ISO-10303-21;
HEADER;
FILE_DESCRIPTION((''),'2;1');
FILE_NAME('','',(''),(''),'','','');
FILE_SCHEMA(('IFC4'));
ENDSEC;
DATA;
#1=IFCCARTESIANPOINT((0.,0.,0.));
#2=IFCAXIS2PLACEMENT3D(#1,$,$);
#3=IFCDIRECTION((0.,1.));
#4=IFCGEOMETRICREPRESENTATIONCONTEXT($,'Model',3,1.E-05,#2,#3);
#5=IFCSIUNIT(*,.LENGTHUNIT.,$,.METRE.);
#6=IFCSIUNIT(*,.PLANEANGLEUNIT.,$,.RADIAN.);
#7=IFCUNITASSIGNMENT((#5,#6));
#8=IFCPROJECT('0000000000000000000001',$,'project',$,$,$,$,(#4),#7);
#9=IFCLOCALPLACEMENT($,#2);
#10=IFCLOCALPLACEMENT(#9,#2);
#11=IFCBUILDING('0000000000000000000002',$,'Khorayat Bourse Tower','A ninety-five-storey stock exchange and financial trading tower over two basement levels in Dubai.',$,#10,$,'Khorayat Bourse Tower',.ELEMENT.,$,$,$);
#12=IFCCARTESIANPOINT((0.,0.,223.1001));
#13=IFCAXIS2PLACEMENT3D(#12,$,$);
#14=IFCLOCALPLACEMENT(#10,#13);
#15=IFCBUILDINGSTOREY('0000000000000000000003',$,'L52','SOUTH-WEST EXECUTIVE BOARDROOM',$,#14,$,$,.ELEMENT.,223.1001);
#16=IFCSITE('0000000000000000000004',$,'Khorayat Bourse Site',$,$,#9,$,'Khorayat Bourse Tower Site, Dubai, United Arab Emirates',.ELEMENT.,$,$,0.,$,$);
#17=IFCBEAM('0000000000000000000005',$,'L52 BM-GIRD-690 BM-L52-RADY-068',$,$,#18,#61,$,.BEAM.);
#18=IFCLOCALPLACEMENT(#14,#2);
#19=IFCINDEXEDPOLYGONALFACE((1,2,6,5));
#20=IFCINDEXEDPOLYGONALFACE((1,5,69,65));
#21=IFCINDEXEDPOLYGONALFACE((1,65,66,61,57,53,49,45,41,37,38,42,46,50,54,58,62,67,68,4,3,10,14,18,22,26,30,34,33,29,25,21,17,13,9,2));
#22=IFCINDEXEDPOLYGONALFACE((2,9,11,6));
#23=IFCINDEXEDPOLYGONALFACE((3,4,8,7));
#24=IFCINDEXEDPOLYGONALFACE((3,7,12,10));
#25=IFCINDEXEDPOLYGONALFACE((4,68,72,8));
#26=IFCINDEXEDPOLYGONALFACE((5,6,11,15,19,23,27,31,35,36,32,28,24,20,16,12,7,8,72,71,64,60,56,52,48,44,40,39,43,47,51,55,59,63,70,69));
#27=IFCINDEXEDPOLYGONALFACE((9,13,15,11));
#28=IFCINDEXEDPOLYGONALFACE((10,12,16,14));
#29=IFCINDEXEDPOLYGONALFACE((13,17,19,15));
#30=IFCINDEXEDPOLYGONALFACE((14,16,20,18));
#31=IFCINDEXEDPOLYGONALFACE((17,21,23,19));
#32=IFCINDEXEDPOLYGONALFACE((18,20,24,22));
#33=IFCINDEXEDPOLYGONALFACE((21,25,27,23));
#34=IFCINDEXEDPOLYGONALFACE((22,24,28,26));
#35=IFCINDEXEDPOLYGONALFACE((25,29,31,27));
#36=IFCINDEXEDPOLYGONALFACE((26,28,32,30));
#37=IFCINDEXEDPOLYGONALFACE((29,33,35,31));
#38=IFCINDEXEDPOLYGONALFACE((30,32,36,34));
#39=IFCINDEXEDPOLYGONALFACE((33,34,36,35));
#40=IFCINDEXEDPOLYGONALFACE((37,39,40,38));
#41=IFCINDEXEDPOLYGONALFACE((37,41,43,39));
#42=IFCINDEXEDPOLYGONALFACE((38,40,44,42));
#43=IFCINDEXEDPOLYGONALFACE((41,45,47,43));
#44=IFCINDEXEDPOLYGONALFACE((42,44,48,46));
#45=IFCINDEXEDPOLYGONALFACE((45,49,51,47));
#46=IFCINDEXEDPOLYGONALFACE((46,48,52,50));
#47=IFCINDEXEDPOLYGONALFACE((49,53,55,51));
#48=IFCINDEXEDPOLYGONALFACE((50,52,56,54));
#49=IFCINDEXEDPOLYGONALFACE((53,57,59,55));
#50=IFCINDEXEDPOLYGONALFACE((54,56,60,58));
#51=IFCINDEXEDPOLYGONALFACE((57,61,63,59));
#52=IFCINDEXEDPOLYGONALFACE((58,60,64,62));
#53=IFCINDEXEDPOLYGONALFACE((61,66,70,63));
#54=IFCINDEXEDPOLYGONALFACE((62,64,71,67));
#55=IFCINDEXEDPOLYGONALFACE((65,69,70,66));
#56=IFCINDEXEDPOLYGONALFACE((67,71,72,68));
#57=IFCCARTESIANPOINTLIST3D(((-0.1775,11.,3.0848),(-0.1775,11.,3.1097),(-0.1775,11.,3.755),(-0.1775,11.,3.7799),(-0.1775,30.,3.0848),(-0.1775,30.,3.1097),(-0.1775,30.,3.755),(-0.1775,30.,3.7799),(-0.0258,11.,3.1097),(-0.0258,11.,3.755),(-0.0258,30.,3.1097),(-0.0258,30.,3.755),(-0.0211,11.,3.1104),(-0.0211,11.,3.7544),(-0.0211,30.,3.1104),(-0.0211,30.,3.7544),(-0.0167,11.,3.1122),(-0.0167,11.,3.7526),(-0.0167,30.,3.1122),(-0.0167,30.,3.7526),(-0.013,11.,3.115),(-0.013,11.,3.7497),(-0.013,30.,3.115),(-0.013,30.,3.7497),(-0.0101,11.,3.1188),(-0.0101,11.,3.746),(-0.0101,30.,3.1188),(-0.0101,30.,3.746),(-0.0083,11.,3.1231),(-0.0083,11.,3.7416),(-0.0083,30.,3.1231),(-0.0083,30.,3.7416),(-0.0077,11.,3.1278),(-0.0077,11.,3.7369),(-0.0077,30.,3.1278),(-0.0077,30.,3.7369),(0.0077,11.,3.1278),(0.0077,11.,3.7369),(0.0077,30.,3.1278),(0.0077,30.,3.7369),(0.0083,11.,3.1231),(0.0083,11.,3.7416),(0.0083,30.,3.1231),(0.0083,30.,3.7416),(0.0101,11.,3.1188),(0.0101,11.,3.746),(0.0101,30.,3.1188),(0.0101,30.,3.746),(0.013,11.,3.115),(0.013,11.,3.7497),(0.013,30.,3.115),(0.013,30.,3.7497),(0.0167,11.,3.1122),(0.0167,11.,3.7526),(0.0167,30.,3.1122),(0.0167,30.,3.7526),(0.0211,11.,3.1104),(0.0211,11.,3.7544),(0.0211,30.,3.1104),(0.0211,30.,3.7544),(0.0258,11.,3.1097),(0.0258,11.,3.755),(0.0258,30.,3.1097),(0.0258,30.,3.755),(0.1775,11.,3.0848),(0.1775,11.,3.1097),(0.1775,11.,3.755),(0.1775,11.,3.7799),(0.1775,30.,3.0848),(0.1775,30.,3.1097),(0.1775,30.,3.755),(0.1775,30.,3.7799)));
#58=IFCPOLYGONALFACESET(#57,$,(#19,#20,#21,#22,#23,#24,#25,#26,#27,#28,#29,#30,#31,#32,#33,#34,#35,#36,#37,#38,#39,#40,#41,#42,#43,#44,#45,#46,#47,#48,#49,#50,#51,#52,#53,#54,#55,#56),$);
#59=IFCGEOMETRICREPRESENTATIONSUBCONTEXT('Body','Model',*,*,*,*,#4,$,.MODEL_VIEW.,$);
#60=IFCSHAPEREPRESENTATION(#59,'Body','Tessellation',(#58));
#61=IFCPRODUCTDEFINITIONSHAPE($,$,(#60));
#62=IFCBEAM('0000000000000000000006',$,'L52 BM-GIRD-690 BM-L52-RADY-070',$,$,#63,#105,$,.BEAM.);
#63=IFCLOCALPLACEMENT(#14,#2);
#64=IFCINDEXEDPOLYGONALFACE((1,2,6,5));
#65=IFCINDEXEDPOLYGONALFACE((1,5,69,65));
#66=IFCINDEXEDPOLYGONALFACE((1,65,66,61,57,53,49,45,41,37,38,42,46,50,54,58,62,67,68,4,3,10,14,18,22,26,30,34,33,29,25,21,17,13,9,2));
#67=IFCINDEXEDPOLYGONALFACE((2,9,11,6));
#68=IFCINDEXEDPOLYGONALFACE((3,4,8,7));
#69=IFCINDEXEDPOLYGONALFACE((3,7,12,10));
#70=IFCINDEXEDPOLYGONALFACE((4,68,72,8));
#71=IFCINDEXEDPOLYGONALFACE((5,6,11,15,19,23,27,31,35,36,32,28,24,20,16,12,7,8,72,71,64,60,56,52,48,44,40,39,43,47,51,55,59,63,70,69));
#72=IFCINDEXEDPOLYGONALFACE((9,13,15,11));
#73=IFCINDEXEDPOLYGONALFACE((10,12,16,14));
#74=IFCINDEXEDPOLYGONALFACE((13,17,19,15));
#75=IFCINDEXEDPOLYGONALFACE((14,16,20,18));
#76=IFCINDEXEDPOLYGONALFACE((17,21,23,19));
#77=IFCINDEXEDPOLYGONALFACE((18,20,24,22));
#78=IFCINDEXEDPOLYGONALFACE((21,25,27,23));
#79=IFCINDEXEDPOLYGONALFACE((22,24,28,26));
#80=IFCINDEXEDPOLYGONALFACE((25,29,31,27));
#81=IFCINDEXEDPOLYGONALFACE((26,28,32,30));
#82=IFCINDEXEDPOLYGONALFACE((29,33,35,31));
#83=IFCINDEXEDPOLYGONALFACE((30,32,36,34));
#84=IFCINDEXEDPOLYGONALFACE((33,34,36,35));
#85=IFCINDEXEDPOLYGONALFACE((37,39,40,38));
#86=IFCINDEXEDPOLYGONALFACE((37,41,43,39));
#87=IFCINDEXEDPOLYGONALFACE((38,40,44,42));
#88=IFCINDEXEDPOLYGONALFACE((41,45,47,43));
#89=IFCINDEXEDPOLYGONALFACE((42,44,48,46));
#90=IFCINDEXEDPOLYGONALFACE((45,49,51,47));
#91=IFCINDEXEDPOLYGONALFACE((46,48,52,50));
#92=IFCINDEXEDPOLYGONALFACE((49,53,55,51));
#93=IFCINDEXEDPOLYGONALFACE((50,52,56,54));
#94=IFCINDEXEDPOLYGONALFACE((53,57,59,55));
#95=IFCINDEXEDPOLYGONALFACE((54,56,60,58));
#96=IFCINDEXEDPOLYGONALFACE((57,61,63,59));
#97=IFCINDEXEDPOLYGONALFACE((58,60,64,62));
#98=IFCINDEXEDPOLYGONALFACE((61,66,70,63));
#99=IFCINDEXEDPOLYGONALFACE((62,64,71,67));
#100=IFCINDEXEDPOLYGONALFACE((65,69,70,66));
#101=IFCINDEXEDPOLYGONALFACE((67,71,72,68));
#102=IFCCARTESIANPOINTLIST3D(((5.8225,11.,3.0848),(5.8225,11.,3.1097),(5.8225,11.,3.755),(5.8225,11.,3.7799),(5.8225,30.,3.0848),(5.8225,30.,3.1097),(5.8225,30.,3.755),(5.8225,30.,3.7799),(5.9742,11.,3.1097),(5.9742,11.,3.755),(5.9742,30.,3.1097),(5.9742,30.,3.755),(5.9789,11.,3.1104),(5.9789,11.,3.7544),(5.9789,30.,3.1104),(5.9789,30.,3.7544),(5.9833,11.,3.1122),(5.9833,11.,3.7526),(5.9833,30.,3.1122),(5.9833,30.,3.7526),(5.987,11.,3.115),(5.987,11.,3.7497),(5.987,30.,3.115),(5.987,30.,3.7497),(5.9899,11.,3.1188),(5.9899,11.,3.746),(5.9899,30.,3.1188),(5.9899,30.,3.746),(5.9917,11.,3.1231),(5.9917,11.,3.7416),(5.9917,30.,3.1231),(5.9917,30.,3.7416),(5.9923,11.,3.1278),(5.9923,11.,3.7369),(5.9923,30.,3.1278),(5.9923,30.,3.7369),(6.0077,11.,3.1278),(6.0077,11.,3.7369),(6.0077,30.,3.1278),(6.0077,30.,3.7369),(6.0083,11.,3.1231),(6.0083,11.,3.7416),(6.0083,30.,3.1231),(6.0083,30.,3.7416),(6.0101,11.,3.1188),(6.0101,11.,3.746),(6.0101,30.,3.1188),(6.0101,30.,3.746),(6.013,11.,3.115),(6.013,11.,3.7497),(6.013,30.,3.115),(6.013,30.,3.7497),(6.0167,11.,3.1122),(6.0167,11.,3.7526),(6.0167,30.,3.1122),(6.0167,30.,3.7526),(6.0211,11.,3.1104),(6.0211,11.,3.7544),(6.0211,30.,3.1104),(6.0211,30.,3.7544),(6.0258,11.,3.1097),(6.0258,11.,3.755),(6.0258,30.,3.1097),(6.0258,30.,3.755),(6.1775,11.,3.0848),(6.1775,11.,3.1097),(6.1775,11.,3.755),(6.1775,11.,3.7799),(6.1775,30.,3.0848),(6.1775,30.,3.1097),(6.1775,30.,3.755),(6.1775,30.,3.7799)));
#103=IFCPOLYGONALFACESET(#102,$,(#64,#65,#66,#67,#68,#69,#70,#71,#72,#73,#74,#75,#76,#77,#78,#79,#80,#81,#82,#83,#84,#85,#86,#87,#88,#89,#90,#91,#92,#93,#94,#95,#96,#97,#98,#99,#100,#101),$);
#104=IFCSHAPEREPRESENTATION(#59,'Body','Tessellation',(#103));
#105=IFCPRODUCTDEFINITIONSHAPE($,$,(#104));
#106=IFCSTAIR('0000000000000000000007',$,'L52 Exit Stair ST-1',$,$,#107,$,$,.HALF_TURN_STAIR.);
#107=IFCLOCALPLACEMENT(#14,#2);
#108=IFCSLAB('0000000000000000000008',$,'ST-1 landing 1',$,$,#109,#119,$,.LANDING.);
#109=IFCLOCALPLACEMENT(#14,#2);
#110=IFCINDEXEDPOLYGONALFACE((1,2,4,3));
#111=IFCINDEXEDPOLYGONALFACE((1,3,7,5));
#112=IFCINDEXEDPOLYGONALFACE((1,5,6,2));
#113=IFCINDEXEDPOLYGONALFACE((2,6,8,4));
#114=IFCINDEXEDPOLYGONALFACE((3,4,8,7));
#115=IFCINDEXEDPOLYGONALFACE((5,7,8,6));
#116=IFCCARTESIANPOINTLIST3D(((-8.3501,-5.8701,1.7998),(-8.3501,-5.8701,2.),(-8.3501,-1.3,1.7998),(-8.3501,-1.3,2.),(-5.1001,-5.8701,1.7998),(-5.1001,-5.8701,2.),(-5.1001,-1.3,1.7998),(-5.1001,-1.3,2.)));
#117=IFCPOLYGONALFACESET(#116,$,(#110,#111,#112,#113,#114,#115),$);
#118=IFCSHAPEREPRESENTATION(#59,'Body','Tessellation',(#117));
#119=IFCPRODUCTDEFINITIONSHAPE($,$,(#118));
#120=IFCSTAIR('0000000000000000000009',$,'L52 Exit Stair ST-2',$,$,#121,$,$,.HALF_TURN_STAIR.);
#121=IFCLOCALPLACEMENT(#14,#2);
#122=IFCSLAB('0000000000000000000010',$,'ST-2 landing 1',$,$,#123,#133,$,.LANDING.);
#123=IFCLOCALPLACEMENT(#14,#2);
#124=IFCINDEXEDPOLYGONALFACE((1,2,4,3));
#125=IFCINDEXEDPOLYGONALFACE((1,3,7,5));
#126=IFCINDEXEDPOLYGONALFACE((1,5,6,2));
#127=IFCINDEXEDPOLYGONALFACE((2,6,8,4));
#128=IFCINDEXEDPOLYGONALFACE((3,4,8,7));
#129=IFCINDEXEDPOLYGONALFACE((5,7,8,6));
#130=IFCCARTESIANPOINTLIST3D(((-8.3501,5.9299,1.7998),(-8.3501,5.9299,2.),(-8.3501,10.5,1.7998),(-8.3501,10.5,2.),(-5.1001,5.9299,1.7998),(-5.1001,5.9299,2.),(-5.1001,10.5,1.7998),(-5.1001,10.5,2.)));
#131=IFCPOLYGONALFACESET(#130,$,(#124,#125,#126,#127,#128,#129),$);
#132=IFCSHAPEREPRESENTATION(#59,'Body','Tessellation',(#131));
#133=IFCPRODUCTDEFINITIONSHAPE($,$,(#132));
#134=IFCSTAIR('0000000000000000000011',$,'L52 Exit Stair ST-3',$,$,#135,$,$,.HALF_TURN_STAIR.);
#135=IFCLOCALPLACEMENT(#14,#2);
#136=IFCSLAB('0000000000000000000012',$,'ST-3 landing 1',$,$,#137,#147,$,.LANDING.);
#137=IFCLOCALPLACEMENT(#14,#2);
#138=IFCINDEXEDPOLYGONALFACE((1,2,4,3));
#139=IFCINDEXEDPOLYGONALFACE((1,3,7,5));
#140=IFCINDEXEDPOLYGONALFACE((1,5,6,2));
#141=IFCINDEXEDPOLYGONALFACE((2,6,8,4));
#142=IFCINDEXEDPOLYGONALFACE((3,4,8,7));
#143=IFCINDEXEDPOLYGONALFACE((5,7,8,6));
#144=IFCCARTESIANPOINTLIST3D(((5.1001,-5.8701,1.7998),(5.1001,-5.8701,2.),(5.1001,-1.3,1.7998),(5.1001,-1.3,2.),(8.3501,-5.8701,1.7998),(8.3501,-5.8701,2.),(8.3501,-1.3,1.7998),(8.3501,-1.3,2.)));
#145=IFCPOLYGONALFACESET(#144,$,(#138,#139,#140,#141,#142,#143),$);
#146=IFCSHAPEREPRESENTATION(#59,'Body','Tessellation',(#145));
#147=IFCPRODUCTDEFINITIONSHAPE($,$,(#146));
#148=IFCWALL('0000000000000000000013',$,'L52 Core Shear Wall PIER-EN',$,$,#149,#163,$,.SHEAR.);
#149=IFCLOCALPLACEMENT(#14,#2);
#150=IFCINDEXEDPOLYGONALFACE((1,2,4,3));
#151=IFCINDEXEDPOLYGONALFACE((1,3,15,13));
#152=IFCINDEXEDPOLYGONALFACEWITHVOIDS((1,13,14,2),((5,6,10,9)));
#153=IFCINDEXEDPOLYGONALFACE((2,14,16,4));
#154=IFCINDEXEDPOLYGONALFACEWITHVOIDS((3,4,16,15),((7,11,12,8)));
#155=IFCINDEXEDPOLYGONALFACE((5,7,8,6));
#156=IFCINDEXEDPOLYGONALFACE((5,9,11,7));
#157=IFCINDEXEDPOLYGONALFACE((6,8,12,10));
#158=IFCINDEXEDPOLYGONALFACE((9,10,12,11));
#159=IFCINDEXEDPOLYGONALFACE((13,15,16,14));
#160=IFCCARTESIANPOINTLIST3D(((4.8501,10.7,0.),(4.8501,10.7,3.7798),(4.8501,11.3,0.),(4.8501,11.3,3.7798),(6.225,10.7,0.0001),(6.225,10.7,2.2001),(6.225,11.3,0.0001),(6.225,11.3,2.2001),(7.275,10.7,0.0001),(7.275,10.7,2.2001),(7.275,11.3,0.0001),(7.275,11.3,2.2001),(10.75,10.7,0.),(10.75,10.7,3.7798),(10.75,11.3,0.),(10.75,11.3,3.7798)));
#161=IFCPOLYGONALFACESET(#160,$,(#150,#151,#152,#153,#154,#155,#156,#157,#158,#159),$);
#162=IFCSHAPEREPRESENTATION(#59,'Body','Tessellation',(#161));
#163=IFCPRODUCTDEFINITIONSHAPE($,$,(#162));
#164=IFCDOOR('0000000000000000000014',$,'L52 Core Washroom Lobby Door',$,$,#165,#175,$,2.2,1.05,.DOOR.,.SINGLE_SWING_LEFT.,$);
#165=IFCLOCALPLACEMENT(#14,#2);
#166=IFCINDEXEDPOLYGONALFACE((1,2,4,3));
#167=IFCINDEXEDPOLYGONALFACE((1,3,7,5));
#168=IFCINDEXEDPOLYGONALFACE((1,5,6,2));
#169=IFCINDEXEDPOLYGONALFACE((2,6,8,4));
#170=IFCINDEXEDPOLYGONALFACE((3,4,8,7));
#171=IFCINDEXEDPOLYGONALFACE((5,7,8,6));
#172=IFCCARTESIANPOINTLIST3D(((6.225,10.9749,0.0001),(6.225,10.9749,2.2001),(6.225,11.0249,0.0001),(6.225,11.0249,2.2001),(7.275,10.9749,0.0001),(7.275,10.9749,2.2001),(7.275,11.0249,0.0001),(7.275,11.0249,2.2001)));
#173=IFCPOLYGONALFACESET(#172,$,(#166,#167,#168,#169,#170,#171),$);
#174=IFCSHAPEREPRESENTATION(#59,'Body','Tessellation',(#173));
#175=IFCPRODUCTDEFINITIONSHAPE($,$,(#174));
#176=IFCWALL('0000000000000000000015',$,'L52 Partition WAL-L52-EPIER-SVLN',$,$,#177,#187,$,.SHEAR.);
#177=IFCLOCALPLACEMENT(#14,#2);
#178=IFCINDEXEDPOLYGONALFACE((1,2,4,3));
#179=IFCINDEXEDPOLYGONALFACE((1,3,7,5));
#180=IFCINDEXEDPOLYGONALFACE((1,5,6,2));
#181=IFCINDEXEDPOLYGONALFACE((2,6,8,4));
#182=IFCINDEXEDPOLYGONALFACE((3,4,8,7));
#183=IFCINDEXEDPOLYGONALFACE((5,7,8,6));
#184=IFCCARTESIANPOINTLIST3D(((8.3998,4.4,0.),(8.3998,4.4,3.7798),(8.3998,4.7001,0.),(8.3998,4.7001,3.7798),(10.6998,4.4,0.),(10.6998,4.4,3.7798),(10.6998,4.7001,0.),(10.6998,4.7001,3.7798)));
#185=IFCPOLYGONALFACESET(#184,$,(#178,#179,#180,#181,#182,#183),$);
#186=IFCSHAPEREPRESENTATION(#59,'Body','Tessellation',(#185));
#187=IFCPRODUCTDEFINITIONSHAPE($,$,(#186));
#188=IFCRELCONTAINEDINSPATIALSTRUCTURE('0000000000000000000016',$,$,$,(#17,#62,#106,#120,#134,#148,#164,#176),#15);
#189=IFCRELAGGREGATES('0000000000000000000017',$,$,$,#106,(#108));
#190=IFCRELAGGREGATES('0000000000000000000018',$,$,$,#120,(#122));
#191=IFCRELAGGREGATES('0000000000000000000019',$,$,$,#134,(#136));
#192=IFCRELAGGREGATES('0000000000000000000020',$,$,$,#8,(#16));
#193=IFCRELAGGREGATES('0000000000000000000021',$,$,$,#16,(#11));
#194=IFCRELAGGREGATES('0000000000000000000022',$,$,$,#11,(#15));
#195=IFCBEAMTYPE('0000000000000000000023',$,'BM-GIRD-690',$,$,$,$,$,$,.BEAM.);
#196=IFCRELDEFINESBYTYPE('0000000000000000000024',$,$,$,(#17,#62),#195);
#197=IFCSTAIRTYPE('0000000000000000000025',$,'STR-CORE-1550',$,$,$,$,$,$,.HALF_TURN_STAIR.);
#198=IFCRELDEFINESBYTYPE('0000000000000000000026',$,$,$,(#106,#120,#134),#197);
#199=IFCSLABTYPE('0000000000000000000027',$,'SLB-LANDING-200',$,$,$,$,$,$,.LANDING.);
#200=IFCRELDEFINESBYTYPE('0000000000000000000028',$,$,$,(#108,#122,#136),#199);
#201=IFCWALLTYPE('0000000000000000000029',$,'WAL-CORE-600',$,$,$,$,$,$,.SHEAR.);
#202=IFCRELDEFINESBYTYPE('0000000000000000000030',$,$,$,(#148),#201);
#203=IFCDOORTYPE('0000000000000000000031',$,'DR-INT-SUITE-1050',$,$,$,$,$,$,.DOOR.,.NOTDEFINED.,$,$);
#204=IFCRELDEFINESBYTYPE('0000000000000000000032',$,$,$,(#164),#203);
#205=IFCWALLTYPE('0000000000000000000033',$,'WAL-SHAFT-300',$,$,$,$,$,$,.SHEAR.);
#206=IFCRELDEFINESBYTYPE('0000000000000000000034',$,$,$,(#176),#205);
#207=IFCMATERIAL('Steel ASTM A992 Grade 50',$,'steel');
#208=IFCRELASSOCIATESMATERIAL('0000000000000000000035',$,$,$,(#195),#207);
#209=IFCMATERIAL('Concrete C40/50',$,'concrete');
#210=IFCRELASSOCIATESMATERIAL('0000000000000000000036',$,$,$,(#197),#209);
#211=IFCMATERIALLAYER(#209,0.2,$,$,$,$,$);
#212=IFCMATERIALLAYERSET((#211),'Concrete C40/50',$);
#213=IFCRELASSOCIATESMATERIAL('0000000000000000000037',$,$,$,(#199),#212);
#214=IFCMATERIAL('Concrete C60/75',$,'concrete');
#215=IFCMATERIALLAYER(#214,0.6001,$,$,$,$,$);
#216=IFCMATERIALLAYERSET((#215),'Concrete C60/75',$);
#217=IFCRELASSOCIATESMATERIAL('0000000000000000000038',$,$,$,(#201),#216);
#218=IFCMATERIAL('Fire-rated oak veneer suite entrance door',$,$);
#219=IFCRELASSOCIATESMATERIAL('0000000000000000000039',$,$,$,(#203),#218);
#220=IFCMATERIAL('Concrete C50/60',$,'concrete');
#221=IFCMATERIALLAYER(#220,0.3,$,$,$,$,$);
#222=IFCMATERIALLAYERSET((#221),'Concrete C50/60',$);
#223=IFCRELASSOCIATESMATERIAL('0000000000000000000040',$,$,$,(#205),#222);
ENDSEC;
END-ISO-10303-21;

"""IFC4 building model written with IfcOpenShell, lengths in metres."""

from ifc_helpers import new_model, si_unit, direction, frame, frame_2d, origin, origin_2d, place, context, subcontext, project, spatial, polyline, rectangle, i_section, outline, extrude, source, transform, mapped, material, layer, layer_set, material_profile, profile_set, type_object, element, fill, aggregate, save


model = new_model("IFC4")

# Units and contexts
model_context = context("Model", 3, precision=1e-05, world=origin(), true_north=direction((0.0, 1.0)))
body_context = subcontext(model_context, "Body", "Model", "MODEL_VIEW")
ifc_project = project(units=[si_unit("LENGTHUNIT", "METRE"), si_unit("PLANEANGLEUNIT", "RADIAN")], contexts=[model_context])

# Site, building, storey
site_placement = place(None, origin())
site = spatial("IfcSite", under=ifc_project, at=site_placement, Name="Khorayat Bourse Site", LongName="Khorayat Bourse Tower Site, Dubai, United Arab Emirates", CompositionType="ELEMENT", RefElevation=0.0)
building_placement = place(site_placement, origin())
building = spatial("IfcBuilding", under=site, at=building_placement, Name="Khorayat Bourse Tower", Description="A ninety-five-storey stock exchange and financial trading tower over two basement levels in Dubai.", LongName="Khorayat Bourse Tower", CompositionType="ELEMENT")
storey_placement = place(building_placement, frame((0.0, 0.0, 223.1001)))
storey = spatial("IfcBuildingStorey", under=building, at=storey_placement, Name="L52", Description="SOUTH-WEST EXECUTIVE BOARDROOM", CompositionType="ELEMENT", Elevation=223.1001)

# Shared definitions
ifc_material_1 = material(Name="Concrete C60/75", Category="concrete")

# Beams
ifc_material_2 = material(Name="Steel ASTM A992 Grade 50", Category="steel")
ifc_material_profile_1 = material_profile(ifc_material_2, i_section(OverallWidth=0.355, OverallDepth=0.6951, WebThickness=0.0154, FlangeThickness=0.0249, FilletRadius=0.0181, at=origin_2d()), Name="W690X217")
ifc_profile_set_1 = profile_set([ifc_material_profile_1], Name="Steel ASTM A992 Grade 50")
beam_type_1 = type_object("IfcBeamType", Name="BM-GIRD-690", PredefinedType="BEAM", material=ifc_profile_set_1)
shared_shape_1 = source(origin(), body_context, "Body", "SweptSolid", [
    extrude(i_section(OverallWidth=0.355, OverallDepth=0.6951, WebThickness=0.0154, FlangeThickness=0.0249, FilletRadius=0.0181, at=origin_2d()), origin(), (0.0, 0.0, 1.0), 19.0),
])
for number, where, z_axis, x_axis, name in (
    (1, (0.0, 11.0, 3.4324), (0.0, 1.0, 0.0), (-1.0, 0.0, 0.0), "L52 BM-GIRD-690 BM-L52-RADY-068"),
    (2, (6.0, 11.0, 3.4324), (0.0, 1.0, 0.0), (-1.0, 0.0, 0.0), "L52 BM-GIRD-690 BM-L52-RADY-070"),
):
    element("IfcBeam", number, at=place(storey_placement, frame(where, z_axis=z_axis, x_axis=x_axis)), inside=storey, type_object=beam_type_1, Name=name, PredefinedType="BEAM", context=body_context, shape_type="MappedRepresentation", body=[
        mapped(shared_shape_1, transform((0.0, 0.0, 0.0), scale=1.0)),
    ])

# Stairs, slabs
ifc_material_3 = material(Name="Concrete C40/50", Category="concrete")
stair_type = type_object("IfcStairType", Name="STR-CORE-1550", PredefinedType="HALF_TURN_STAIR", material=ifc_material_3)
stair_1_placement = place(storey_placement, origin())
stair_1 = element("IfcStair", 3, at=stair_1_placement, inside=storey, type_object=stair_type, Name="L52 Exit Stair ST-1", PredefinedType="HALF_TURN_STAIR")
ifc_layer_1 = layer(ifc_material_3, 0.2)
ifc_layer_set_1 = layer_set([ifc_layer_1], Name="Concrete C40/50")
slab_type = type_object("IfcSlabType", Name="SLB-LANDING-200", PredefinedType="LANDING", material=ifc_layer_set_1)
slab_1_placement = place(storey_placement, frame((0.0, 0.0, 1.7998)))
slab_1 = element("IfcSlab", 4, at=slab_1_placement, type_object=slab_type, Name="ST-1 landing 1", PredefinedType="LANDING", context=body_context, shape_type="SweptSolid", body=[
    extrude(outline(polyline([(-5.1001, -5.8701), (-5.1001, -1.3), (-8.3501, -1.3), (-8.3501, -5.8701), (-5.1001, -5.8701)])), origin(), (0.0, 0.0, 1.0), 0.2002),
])
aggregate(stair_1, [slab_1])
stair_2_placement = place(storey_placement, origin())
stair_2 = element("IfcStair", 5, at=stair_2_placement, inside=storey, type_object=stair_type, Name="L52 Exit Stair ST-2", PredefinedType="HALF_TURN_STAIR")
slab_2_placement = place(storey_placement, frame((0.0, 0.0, 1.7998)))
slab_2 = element("IfcSlab", 6, at=slab_2_placement, type_object=slab_type, Name="ST-2 landing 1", PredefinedType="LANDING", context=body_context, shape_type="SweptSolid", body=[
    extrude(outline(polyline([(-5.1001, 5.9299), (-5.1001, 10.5), (-8.3501, 10.5), (-8.3501, 5.9299), (-5.1001, 5.9299)])), origin(), (0.0, 0.0, 1.0), 0.2002),
])
aggregate(stair_2, [slab_2])
stair_3_placement = place(storey_placement, origin())
stair_3 = element("IfcStair", 7, at=stair_3_placement, inside=storey, type_object=stair_type, Name="L52 Exit Stair ST-3", PredefinedType="HALF_TURN_STAIR")
slab_3_placement = place(storey_placement, frame((0.0, 0.0, 1.7998)))
slab_3 = element("IfcSlab", 8, at=slab_3_placement, type_object=slab_type, Name="ST-3 landing 1", PredefinedType="LANDING", context=body_context, shape_type="SweptSolid", body=[
    extrude(outline(polyline([(8.3501, -5.8701), (8.3501, -1.3), (5.1001, -1.3), (5.1001, -5.8701), (8.3501, -5.8701)])), origin(), (0.0, 0.0, 1.0), 0.2002),
])
aggregate(stair_3, [slab_3])

# Wall, opening, door
ifc_layer_2 = layer(ifc_material_1, 0.6001)
ifc_layer_set_2 = layer_set([ifc_layer_2], Name="Concrete C60/75")
wall_type_1 = type_object("IfcWallType", Name="WAL-CORE-600", PredefinedType="SHEAR", material=ifc_layer_set_2)
shared_shape_2 = source(origin(), body_context, "Body", "SweptSolid", [
    extrude(rectangle(XDim=5.8999, YDim=0.6001, at=frame_2d((2.95, 0.0))), origin(), (0.0, 0.0, 1.0), 3.7798),
])
wall_1_placement = place(storey_placement, frame((4.8501, 11.0, 0.0), z_axis=(0.0, 0.0, 1.0), x_axis=(1.0, 0.0, 0.0)))
wall_1 = element("IfcWall", 9, at=wall_1_placement, inside=storey, type_object=wall_type_1, Name="L52 Core Shear Wall PIER-EN", PredefinedType="SHEAR", context=body_context, shape_type="MappedRepresentation", body=[
    mapped(shared_shape_2, transform((0.0, 0.0, 0.0), scale=1.0)),
])
shared_shape_3 = source(origin(), body_context, "Body", "SweptSolid", [
    extrude(rectangle(XDim=1.05, YDim=2.2, at=frame_2d((0.5249, 1.1001))), frame((0.0, 0.3101, 0.0), z_axis=(0.0, -1.0, 0.0), x_axis=(1.0, 0.0, 0.0)), (0.0, 0.0, 1.0), 0.6201),
])
opening_1_placement = place(wall_1_placement, frame((1.375, 0.0, 0.0)))
opening_1 = element("IfcOpeningElement", 10, at=opening_1_placement, cuts=wall_1, PredefinedType="OPENING", context=body_context, shape_type="MappedRepresentation", body=[
    mapped(shared_shape_3, transform((0.0, 0.0, 0.0), scale=1.0)),
])
ifc_material_4 = material(Name="Fire-rated oak veneer suite entrance door")
door_type_1 = type_object("IfcDoorType", Name="DR-INT-SUITE-1050", OperationType="NOTDEFINED", PredefinedType="DOOR", material=ifc_material_4)
shared_shape_4 = source(origin(), body_context, "Body", "SweptSolid", [
    extrude(rectangle(XDim=1.05, YDim=2.2, at=frame_2d((0.5249, 1.1001))), frame((0.0, 0.0249, 0.0), z_axis=(0.0, -1.0, 0.0), x_axis=(1.0, 0.0, 0.0)), (0.0, 0.0, 1.0), 0.05),
])
door_1_placement = place(opening_1_placement, origin())
door_1 = element("IfcDoor", 11, at=door_1_placement, inside=storey, type_object=door_type_1, Name="L52 Core Washroom Lobby Door", OperationType="SINGLE_SWING_LEFT", OverallHeight=2.2, OverallWidth=1.05, PredefinedType="DOOR", context=body_context, shape_type="MappedRepresentation", body=[
    mapped(shared_shape_4, transform((0.0, 0.0, 0.0), scale=1.0)),
])
fill(opening_1, door_1)

# Wall
ifc_material_5 = material(Name="Concrete C50/60", Category="concrete")
ifc_layer_3 = layer(ifc_material_5, 0.3)
ifc_layer_set_3 = layer_set([ifc_layer_3], Name="Concrete C50/60")
wall_type_2 = type_object("IfcWallType", Name="WAL-SHAFT-300", PredefinedType="SHEAR", material=ifc_layer_set_3)
shared_shape_5 = source(origin(), body_context, "Body", "SweptSolid", [
    extrude(rectangle(XDim=2.3, YDim=0.3, at=frame_2d((1.1499, 0.0))), origin(), (0.0, 0.0, 1.0), 3.7798),
])
for number, where, z_axis, x_axis, name in (
    (12, (8.3999, 4.55, 0.0), (0.0, 0.0, 1.0), (1.0, 0.0, 0.0), "L52 Partition WAL-L52-EPIER-SVLN"),
):
    element("IfcWall", number, at=place(storey_placement, frame(where, z_axis=z_axis, x_axis=x_axis)), inside=storey, type_object=wall_type_2, Name=name, PredefinedType="SHEAR", context=body_context, shape_type="MappedRepresentation", body=[
        mapped(shared_shape_5, transform((0.0, 0.0, 0.0), scale=1.0)),
    ])

save(model, "model.ifc")
